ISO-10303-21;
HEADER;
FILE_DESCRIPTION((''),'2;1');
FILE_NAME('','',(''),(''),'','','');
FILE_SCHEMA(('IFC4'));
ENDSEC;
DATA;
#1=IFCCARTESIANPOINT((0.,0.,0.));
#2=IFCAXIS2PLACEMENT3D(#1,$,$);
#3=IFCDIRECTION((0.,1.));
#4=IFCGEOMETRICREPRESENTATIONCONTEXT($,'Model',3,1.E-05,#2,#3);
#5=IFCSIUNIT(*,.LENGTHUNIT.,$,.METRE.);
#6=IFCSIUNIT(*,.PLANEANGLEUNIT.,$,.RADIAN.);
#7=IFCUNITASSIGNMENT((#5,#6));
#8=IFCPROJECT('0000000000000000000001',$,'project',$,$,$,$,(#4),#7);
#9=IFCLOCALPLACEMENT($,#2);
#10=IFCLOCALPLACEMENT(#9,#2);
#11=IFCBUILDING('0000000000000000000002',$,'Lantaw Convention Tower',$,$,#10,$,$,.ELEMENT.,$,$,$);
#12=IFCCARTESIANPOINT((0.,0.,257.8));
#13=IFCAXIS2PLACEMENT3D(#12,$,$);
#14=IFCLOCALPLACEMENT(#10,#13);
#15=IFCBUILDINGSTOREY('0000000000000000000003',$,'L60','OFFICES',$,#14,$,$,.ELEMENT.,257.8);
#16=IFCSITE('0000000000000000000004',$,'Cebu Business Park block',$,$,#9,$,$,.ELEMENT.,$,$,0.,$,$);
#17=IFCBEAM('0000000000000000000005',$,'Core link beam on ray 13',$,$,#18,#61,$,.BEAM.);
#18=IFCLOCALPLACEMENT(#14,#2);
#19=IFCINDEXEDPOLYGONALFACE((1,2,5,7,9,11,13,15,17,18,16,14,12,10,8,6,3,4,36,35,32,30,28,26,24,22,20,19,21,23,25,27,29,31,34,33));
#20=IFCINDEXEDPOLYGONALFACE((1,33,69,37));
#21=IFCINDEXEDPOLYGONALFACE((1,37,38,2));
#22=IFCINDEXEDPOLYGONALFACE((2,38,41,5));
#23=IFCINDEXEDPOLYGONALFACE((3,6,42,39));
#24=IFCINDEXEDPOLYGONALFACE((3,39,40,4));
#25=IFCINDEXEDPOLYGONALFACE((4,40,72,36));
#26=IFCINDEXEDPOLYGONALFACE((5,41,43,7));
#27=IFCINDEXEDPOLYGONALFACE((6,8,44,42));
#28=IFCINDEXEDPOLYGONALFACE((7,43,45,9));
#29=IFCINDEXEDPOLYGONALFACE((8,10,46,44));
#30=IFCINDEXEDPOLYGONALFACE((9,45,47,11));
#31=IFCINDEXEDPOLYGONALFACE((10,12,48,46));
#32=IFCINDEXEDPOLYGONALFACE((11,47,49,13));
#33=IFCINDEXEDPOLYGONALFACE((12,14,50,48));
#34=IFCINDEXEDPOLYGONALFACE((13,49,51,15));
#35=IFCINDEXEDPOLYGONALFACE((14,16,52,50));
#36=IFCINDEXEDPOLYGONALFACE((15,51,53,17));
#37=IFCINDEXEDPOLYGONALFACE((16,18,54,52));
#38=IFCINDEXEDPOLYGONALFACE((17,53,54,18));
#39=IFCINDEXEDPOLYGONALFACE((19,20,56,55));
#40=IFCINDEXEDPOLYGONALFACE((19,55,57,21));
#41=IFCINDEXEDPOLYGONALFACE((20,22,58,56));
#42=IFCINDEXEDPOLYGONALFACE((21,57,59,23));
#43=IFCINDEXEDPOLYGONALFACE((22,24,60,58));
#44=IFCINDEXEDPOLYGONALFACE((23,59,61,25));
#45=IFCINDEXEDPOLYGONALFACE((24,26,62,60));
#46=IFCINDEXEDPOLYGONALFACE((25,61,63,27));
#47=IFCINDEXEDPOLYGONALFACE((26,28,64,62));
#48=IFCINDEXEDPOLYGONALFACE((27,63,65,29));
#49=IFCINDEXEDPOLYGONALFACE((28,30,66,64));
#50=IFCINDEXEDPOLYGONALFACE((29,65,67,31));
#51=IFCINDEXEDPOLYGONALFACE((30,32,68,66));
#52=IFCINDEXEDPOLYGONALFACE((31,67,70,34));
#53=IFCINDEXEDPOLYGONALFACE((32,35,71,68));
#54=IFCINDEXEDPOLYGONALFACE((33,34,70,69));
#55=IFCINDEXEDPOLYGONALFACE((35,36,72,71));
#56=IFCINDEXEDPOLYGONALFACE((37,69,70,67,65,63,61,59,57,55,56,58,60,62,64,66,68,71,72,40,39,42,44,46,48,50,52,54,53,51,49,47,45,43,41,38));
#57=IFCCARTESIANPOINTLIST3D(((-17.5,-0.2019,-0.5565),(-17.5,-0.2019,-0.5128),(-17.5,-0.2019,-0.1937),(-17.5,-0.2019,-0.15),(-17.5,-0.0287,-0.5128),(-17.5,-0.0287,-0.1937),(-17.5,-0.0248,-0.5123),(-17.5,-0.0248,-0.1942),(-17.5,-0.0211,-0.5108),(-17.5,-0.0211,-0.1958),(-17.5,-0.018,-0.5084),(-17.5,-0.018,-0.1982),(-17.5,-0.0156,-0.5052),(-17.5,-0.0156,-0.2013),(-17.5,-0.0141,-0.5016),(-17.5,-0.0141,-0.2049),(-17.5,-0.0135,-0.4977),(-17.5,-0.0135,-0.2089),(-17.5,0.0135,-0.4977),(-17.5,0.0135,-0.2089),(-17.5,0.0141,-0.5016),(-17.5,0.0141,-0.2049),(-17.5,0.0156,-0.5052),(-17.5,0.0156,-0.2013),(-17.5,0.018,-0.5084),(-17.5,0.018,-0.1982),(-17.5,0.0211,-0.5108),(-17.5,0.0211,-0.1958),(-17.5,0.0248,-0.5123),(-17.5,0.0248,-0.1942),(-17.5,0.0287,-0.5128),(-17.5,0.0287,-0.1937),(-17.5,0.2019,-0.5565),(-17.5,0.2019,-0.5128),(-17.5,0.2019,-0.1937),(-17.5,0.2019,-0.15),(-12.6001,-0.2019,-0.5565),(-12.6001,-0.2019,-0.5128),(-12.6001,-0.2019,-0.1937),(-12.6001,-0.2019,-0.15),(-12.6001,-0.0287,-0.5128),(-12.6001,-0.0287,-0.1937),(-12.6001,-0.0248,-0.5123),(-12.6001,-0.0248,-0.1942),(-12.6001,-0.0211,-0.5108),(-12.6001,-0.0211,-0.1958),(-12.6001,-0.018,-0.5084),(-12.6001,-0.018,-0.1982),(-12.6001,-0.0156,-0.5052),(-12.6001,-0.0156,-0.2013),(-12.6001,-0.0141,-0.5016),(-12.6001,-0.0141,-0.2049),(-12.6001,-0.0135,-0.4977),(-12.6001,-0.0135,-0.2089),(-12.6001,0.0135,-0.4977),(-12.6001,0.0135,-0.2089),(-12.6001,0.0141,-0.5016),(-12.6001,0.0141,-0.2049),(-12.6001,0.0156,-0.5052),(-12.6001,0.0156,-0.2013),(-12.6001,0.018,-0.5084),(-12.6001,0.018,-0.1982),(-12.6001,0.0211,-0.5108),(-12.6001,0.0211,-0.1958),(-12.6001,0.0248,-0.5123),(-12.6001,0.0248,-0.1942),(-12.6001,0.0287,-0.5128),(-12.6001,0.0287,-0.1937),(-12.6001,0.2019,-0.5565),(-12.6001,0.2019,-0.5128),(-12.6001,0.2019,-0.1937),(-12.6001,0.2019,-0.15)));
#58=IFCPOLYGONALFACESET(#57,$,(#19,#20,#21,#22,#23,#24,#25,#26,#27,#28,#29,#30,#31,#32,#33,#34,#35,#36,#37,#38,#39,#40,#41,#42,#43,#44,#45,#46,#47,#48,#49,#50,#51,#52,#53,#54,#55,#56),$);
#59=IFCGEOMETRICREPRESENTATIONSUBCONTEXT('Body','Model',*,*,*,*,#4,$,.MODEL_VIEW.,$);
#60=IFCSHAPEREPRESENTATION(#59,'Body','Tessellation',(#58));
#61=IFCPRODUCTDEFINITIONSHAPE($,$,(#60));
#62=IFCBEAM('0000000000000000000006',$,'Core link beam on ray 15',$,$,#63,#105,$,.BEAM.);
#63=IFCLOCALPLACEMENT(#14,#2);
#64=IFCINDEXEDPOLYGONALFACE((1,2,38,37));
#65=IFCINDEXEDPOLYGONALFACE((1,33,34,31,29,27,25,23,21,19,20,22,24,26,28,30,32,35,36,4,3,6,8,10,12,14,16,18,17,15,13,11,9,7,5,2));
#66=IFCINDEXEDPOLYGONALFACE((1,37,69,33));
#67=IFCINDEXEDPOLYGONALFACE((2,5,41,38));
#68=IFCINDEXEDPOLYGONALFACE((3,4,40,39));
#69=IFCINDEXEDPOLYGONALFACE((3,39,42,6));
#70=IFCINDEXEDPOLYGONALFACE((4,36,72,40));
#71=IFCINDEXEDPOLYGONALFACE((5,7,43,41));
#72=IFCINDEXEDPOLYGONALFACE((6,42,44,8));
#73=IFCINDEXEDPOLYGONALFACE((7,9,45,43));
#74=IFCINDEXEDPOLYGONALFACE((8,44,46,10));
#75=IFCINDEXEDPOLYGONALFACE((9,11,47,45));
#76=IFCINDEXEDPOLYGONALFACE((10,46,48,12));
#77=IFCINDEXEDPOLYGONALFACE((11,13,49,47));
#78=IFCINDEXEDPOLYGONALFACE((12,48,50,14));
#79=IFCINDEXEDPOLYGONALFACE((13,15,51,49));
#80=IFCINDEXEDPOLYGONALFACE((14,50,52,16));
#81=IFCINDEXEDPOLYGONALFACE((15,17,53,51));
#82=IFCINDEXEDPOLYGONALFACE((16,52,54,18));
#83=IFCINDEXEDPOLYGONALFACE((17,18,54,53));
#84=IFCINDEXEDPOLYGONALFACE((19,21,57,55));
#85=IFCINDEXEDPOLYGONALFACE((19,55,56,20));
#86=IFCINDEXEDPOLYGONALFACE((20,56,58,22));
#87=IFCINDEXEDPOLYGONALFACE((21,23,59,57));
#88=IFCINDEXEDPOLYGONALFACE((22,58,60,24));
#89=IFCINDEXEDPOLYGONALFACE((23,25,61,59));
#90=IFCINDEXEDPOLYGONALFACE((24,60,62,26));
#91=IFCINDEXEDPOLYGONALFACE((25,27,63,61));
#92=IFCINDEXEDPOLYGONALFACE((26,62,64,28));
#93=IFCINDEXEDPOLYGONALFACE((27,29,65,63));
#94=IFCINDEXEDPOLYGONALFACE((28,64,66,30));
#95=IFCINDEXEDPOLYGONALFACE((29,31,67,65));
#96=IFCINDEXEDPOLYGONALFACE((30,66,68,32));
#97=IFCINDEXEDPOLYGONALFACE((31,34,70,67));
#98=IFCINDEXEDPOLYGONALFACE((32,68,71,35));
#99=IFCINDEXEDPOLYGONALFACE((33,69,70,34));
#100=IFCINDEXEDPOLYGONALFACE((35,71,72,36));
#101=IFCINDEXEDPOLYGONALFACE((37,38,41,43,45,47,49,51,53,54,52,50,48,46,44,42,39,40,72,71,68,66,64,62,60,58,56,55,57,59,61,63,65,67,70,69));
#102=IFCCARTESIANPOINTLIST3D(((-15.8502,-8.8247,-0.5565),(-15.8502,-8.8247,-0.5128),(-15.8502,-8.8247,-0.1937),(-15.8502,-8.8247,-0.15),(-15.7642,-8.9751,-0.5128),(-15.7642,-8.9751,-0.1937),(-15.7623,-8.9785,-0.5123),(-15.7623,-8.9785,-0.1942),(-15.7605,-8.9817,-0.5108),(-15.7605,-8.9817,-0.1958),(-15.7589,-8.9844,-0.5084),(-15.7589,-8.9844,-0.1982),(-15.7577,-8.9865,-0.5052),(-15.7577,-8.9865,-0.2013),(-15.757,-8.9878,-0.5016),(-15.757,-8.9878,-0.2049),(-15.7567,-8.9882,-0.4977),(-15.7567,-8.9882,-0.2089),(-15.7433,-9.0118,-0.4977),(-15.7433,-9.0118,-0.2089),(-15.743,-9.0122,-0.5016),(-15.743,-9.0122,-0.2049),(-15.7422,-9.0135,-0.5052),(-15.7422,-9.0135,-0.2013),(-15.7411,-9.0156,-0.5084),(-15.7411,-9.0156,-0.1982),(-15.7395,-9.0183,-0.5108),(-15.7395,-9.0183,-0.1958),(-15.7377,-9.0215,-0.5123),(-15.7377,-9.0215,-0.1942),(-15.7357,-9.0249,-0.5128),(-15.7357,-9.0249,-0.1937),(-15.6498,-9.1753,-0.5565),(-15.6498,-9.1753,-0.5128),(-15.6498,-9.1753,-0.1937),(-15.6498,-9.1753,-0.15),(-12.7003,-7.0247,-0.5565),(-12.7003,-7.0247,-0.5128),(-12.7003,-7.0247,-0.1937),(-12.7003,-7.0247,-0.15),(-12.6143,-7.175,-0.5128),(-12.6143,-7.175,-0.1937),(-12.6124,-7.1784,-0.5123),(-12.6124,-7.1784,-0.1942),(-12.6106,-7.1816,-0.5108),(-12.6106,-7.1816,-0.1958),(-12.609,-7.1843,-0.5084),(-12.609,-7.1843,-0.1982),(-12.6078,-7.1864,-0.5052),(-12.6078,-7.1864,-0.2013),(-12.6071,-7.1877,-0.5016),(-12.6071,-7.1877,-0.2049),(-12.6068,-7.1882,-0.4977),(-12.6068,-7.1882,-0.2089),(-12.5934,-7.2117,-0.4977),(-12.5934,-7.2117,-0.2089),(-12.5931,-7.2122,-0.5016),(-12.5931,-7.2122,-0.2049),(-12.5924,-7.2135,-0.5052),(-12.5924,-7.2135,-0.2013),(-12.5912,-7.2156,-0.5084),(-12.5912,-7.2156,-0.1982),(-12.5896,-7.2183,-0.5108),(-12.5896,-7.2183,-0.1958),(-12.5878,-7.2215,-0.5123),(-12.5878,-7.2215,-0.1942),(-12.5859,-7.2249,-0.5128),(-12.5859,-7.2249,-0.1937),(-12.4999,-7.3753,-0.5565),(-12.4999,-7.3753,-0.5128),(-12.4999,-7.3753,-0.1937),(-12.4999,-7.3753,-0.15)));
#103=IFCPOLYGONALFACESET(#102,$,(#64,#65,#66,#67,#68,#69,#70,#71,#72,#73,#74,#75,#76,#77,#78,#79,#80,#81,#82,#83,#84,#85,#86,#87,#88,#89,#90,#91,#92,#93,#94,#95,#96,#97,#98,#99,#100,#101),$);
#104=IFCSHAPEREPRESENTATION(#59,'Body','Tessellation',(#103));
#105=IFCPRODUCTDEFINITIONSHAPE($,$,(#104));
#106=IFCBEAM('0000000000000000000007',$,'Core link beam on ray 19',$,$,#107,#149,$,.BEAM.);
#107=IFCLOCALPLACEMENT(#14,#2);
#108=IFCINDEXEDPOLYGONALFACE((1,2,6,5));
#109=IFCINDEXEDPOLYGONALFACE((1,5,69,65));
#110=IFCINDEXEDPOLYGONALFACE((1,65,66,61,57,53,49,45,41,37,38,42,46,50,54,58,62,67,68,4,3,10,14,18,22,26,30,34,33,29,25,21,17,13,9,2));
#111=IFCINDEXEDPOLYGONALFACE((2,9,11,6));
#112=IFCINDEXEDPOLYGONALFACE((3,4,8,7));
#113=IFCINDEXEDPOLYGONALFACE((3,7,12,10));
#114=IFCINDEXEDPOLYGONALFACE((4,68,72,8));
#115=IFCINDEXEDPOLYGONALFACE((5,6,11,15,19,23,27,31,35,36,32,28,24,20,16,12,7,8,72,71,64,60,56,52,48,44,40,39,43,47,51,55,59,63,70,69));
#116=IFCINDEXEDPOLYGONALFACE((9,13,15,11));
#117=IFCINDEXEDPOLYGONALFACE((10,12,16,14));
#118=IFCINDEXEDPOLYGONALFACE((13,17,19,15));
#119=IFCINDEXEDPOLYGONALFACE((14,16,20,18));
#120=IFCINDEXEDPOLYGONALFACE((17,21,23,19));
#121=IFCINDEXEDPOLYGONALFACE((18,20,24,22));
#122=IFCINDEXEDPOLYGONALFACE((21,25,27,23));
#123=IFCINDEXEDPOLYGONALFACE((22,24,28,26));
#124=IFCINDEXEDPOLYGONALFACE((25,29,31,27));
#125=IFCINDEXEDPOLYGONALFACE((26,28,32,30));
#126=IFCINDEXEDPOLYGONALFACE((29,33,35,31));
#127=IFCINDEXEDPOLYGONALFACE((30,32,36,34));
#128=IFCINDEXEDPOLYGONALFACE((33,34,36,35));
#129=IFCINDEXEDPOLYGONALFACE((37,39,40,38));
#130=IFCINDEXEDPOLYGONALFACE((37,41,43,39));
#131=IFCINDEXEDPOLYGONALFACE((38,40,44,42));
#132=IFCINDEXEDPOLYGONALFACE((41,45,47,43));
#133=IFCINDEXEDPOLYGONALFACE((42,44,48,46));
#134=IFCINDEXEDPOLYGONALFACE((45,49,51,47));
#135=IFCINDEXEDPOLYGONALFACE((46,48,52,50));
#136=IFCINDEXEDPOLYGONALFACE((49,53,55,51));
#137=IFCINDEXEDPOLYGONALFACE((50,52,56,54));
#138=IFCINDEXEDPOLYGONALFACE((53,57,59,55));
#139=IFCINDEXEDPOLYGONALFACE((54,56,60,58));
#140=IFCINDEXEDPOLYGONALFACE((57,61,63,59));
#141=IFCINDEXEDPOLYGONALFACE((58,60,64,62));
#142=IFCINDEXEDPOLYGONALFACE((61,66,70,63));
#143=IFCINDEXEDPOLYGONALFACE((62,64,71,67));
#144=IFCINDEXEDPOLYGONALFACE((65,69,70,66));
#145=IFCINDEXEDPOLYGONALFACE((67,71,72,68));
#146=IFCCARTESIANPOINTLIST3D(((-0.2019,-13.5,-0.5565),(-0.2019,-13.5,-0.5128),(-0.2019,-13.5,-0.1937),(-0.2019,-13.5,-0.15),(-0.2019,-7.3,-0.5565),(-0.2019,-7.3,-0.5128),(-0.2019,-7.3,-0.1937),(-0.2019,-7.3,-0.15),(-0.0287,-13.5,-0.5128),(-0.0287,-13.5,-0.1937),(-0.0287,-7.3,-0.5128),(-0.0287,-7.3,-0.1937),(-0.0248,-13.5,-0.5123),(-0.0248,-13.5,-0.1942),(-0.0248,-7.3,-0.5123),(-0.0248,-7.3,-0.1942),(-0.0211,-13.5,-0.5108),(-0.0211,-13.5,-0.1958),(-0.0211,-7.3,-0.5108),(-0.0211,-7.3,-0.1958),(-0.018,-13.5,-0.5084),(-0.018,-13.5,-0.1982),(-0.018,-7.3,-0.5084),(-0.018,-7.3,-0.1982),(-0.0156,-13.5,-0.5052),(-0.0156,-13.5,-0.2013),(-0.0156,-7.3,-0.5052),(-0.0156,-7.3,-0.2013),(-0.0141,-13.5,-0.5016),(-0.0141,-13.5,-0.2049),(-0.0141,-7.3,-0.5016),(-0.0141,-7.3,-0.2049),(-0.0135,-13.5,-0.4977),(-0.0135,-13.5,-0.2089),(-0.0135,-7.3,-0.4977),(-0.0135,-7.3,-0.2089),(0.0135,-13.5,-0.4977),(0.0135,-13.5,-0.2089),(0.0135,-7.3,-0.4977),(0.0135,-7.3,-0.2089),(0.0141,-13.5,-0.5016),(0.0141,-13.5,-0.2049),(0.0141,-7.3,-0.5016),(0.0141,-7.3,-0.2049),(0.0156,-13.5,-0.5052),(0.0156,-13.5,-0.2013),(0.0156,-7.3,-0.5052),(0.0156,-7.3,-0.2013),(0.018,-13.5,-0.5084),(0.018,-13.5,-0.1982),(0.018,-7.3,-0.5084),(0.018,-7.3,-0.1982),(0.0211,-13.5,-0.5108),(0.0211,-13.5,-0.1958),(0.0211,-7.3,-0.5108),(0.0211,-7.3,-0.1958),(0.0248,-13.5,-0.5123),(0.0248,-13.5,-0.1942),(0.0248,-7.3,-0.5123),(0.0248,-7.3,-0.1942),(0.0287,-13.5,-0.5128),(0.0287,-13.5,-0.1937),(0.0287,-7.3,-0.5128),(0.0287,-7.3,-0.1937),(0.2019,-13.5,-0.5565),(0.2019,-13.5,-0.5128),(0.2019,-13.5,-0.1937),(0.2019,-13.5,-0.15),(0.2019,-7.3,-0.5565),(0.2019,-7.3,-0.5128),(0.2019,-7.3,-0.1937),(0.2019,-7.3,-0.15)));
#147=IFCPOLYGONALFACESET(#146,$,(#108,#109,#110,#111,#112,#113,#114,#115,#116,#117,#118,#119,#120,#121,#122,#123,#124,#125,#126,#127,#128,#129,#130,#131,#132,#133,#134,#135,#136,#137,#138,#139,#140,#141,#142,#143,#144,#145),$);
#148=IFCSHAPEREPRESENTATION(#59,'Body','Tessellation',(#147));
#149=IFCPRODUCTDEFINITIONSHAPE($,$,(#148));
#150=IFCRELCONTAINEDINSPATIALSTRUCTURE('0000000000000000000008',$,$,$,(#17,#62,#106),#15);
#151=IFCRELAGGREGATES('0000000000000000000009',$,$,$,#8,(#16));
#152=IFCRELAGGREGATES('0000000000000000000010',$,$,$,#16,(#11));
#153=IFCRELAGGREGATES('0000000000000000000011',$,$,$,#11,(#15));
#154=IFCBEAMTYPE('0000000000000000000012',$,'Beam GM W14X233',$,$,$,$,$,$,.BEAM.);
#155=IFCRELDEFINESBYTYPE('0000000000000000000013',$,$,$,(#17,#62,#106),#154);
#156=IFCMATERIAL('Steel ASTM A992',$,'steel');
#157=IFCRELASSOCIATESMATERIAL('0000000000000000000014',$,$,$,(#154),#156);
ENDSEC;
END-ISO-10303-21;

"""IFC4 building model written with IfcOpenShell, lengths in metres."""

from ifc_helpers import new_model, si_unit, direction, frame, origin, origin_2d, place, context, subcontext, project, spatial, i_section, extrude, material, material_profile, profile_set, type_object, element, save


model = new_model("IFC4")

# Units and contexts
model_context = context("Model", 3, precision=1e-05, world=origin(), true_north=direction((0.0, 1.0)))
body_context = subcontext(model_context, "Body", "Model", "MODEL_VIEW")
ifc_project = project(units=[si_unit("LENGTHUNIT", "METRE"), si_unit("PLANEANGLEUNIT", "RADIAN")], contexts=[model_context])

# Site, building, storey
site_placement = place(None, origin())
site = spatial("IfcSite", under=ifc_project, at=site_placement, Name="Cebu Business Park block", CompositionType="ELEMENT", RefElevation=0.0)
building_placement = place(site_placement, origin())
building = spatial("IfcBuilding", under=site, at=building_placement, Name="Lantaw Convention Tower", CompositionType="ELEMENT")
storey_placement = place(building_placement, frame((0.0, 0.0, 257.8)))
storey = spatial("IfcBuildingStorey", under=building, at=storey_placement, Name="L60", Description="OFFICES", CompositionType="ELEMENT", Elevation=257.8)

# Beams
ifc_material_1 = material(Name="Steel ASTM A992", Category="steel")
ifc_material_profile_1 = material_profile(ifc_material_1, i_section(OverallWidth=0.4038, OverallDepth=0.4065, WebThickness=0.0271, FlangeThickness=0.0437, FilletRadius=0.0151, at=origin_2d()), Name="W14X233")
ifc_profile_set_1 = profile_set([ifc_material_profile_1], Name="Steel ASTM A992")
beam_type_1 = type_object("IfcBeamType", Name="Beam GM W14X233", PredefinedType="BEAM", material=ifc_profile_set_1)
beam_1_placement = place(storey_placement, frame((-12.6001, 0.0, -0.3533), z_axis=(-1.0, 0.0, 0.0), x_axis=(0.0, -1.0, 0.0)))
element("IfcBeam", 1, at=beam_1_placement, inside=storey, type_object=beam_type_1, Name="Core link beam on ray 13", PredefinedType="BEAM", context=body_context, shape_type="SweptSolid", body=[
    extrude(i_section(OverallWidth=0.4038, OverallDepth=0.4065, WebThickness=0.0271, FlangeThickness=0.0437, FilletRadius=0.0151, at=origin_2d()), origin(), (0.0, 0.0, 1.0), 4.8999),
])
beam_2_placement = place(storey_placement, frame((-12.6001, -7.2, -0.3533), z_axis=(-0.868231, -0.496161, 0.0), x_axis=(0.496161, -0.868231, 0.0)))
element("IfcBeam", 2, at=beam_2_placement, inside=storey, type_object=beam_type_1, Name="Core link beam on ray 15", PredefinedType="BEAM", context=body_context, shape_type="SweptSolid", body=[
    extrude(i_section(OverallWidth=0.4038, OverallDepth=0.4065, WebThickness=0.0271, FlangeThickness=0.0437, FilletRadius=0.0151, at=origin_2d()), origin(), (0.0, 0.0, 1.0), 3.6279),
])
beam_3_placement = place(storey_placement, frame((0.0, -7.3, -0.3533), z_axis=(0.0, -1.0, 0.0), x_axis=(1.0, 0.0, 0.0)))
element("IfcBeam", 3, at=beam_3_placement, inside=storey, type_object=beam_type_1, Name="Core link beam on ray 19", PredefinedType="BEAM", context=body_context, shape_type="SweptSolid", body=[
    extrude(i_section(OverallWidth=0.4038, OverallDepth=0.4065, WebThickness=0.0271, FlangeThickness=0.0437, FilletRadius=0.0151, at=origin_2d()), origin(), (0.0, 0.0, 1.0), 6.2),
])

save(model, "model.ifc")
